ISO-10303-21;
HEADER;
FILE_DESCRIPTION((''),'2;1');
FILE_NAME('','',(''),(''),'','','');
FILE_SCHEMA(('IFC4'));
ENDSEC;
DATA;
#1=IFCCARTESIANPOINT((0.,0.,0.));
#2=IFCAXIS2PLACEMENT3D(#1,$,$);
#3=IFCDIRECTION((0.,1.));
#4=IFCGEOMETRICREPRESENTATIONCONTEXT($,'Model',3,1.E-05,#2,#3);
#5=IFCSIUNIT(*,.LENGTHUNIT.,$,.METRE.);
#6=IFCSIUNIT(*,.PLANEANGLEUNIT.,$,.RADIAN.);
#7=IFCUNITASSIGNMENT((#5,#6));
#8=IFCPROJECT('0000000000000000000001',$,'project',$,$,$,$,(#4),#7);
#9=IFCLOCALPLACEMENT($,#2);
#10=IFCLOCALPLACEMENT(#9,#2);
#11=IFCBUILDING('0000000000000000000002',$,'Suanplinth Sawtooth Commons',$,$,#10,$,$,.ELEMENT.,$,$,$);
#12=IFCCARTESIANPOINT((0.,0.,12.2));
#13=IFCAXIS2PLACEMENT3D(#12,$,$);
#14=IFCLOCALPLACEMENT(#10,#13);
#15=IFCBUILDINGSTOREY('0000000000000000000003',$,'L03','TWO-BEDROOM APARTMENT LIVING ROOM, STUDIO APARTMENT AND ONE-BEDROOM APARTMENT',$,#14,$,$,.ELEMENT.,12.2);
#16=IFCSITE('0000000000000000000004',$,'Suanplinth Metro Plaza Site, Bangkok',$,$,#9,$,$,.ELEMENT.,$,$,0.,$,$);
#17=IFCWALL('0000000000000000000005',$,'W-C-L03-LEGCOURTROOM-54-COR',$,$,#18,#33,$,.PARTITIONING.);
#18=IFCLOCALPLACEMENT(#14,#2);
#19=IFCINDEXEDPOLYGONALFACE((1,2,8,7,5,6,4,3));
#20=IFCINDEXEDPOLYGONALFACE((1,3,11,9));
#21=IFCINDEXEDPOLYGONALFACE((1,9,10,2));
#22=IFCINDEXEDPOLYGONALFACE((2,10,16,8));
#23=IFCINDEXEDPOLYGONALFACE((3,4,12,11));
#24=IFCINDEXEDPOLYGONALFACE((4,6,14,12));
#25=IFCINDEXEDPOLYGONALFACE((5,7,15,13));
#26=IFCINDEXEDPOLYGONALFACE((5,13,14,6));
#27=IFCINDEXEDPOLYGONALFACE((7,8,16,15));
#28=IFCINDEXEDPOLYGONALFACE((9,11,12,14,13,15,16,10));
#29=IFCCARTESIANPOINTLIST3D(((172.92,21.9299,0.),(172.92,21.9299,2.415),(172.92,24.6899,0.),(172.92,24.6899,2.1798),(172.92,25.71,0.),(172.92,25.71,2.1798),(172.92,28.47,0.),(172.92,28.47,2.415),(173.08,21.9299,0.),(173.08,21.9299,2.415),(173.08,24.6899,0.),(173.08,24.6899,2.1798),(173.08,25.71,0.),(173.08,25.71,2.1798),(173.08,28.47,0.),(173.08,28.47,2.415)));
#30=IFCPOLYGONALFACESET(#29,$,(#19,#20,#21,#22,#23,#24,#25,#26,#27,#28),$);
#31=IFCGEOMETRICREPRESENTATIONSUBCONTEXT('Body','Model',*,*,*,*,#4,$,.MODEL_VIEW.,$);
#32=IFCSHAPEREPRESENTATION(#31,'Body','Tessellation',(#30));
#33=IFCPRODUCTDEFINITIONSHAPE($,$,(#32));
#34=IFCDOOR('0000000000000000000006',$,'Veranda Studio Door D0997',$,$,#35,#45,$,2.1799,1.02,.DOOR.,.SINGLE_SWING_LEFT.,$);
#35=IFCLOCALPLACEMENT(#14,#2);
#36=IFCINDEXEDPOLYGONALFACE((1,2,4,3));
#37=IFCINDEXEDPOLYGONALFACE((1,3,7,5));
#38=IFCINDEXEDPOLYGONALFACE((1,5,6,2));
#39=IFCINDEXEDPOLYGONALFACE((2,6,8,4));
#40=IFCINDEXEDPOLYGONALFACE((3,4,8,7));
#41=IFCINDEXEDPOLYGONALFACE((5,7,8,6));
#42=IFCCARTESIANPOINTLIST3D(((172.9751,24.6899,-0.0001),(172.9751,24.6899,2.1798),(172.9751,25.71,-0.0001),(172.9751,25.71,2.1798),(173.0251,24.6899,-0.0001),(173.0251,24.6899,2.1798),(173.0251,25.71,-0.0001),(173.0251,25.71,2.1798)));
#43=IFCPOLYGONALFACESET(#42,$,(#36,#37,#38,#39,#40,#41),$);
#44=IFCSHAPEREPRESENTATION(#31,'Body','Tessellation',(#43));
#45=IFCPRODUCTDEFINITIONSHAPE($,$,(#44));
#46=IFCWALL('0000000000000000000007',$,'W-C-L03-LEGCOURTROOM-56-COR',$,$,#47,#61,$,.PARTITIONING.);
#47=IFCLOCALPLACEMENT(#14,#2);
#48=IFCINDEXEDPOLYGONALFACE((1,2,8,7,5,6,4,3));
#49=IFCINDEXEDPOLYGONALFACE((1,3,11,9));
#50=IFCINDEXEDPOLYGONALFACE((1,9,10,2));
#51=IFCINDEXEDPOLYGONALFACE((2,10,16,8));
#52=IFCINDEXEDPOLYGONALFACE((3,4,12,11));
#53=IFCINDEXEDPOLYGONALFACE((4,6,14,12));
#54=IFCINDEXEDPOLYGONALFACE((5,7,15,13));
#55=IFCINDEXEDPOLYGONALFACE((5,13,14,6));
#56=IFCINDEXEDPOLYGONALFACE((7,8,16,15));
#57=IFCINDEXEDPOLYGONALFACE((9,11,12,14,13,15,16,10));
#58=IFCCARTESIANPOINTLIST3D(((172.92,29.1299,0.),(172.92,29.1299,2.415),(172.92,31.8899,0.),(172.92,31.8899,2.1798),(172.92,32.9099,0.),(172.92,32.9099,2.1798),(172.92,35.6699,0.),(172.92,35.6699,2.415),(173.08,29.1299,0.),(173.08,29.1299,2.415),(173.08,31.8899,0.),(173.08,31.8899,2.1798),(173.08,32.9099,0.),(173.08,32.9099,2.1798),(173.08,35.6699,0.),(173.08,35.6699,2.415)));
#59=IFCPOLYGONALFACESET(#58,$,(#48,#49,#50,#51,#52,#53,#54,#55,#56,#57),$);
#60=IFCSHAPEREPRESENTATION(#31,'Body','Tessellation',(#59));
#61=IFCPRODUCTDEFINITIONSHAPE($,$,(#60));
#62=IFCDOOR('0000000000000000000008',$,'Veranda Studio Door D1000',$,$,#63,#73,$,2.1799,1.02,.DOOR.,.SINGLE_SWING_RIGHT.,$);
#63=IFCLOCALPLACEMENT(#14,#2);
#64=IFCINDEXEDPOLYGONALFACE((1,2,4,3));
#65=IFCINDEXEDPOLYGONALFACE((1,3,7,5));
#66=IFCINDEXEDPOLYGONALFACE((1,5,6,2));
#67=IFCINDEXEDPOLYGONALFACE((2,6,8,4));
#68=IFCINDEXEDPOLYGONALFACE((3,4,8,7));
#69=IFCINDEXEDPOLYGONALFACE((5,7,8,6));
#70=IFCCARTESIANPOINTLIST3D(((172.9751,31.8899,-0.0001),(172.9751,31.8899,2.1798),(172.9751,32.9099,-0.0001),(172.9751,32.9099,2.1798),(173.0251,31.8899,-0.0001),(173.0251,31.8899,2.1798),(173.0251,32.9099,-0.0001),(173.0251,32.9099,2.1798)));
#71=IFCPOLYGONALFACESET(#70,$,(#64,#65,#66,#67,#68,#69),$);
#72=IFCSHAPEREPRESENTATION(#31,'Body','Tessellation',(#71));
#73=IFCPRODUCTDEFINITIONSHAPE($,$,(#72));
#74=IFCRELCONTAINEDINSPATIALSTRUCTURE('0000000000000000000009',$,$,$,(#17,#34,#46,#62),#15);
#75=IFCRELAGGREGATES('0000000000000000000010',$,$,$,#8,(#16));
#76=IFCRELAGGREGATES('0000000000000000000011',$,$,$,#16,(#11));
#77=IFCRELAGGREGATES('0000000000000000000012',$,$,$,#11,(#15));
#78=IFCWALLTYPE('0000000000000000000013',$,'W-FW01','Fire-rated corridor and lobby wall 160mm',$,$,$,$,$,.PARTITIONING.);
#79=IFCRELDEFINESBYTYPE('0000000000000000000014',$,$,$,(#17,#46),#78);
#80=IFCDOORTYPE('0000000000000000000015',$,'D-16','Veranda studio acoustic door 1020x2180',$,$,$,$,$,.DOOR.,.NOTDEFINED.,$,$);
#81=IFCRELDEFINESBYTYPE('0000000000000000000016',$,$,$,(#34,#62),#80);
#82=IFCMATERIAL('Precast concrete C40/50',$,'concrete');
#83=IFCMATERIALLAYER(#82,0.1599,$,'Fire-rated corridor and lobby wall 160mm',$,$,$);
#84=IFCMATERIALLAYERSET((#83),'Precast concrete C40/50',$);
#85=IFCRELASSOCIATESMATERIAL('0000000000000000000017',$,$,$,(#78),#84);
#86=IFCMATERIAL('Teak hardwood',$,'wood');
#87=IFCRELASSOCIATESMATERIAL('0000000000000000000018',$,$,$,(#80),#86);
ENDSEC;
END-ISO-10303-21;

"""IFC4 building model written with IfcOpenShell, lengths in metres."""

from ifc_helpers import new_model, si_unit, direction, frame, frame_2d, origin, place, context, subcontext, project, spatial, rectangle, extrude, material, layer, layer_set, type_object, element, fill, save


model = new_model("IFC4")

# Units and contexts
model_context = context("Model", 3, precision=1e-05, world=origin(), true_north=direction((0.0, 1.0)))
body_context = subcontext(model_context, "Body", "Model", "MODEL_VIEW")
ifc_project = project(units=[si_unit("LENGTHUNIT", "METRE"), si_unit("PLANEANGLEUNIT", "RADIAN")], contexts=[model_context])

# Site, building, storey
site_placement = place(None, origin())
site = spatial("IfcSite", under=ifc_project, at=site_placement, Name="Suanplinth Metro Plaza Site, Bangkok", CompositionType="ELEMENT", RefElevation=0.0)
building_placement = place(site_placement, origin())
building = spatial("IfcBuilding", under=site, at=building_placement, Name="Suanplinth Sawtooth Commons", CompositionType="ELEMENT")
storey_placement = place(building_placement, frame((0.0, 0.0, 12.2)))
storey = spatial("IfcBuildingStorey", under=building, at=storey_placement, Name="L03", Description="TWO-BEDROOM APARTMENT LIVING ROOM, STUDIO APARTMENT AND ONE-BEDROOM APARTMENT", CompositionType="ELEMENT", Elevation=12.2)

# Shared definitions
ifc_material_1 = material(Name="Precast concrete C40/50", Category="concrete")

# Walls, openings, doors
ifc_layer_1 = layer(ifc_material_1, 0.1599, Name="Fire-rated corridor and lobby wall 160mm")
ifc_layer_set_1 = layer_set([ifc_layer_1], Name="Precast concrete C40/50")
wall_type_1 = type_object("IfcWallType", Name="W-FW01", Description="Fire-rated corridor and lobby wall 160mm", PredefinedType="PARTITIONING", material=ifc_layer_set_1)
wall_1_placement = place(storey_placement, frame((173.0, 21.9299, 0.0), z_axis=(0.0, 0.0, 1.0), x_axis=(0.0, 1.0, 0.0)))
wall_1 = element("IfcWall", 1, at=wall_1_placement, inside=storey, type_object=wall_type_1, Name="W-C-L03-LEGCOURTROOM-54-COR", PredefinedType="PARTITIONING", context=body_context, shape_type="SweptSolid", body=[
    extrude(rectangle(XDim=6.54, YDim=0.1599, at=frame_2d((3.27, 0.0))), origin(), (0.0, 0.0, 1.0), 2.415),
])
opening_1_placement = place(wall_1_placement, frame((2.76, 0.0, 0.0)))
opening_1 = element("IfcOpeningElement", 2, at=opening_1_placement, cuts=wall_1, PredefinedType="OPENING", context=body_context, shape_type="SweptSolid", body=[
    extrude(rectangle(XDim=1.02, YDim=2.1799, at=frame_2d((0.51, 1.0898))), frame((0.0, 0.0947, 0.0), z_axis=(0.0, -1.0, 0.0), x_axis=(1.0, 0.0, 0.0)), (0.0, 0.0, 1.0), 0.1897),
])
ifc_material_2 = material(Name="Teak hardwood", Category="wood")
door_type_1 = type_object("IfcDoorType", Name="D-16", Description="Veranda studio acoustic door 1020x2180", OperationType="NOTDEFINED", PredefinedType="DOOR", material=ifc_material_2)
door_1_placement = place(opening_1_placement, origin())
door_1 = element("IfcDoor", 3, at=door_1_placement, inside=storey, type_object=door_type_1, Name="Veranda Studio Door D0997", OperationType="SINGLE_SWING_LEFT", OverallHeight=2.1799, OverallWidth=1.02, PredefinedType="DOOR", context=body_context, shape_type="SweptSolid", body=[
    extrude(rectangle(XDim=1.02, YDim=2.1799, at=frame_2d((0.51, 1.0898))), frame((0.0, 0.0249, 0.0), z_axis=(0.0, -1.0, 0.0), x_axis=(1.0, 0.0, 0.0)), (0.0, 0.0, 1.0), 0.05),
])
fill(opening_1, door_1)
wall_2_placement = place(storey_placement, frame((173.0, 29.1299, 0.0), z_axis=(0.0, 0.0, 1.0), x_axis=(0.0, 1.0, 0.0)))
wall_2 = element("IfcWall", 4, at=wall_2_placement, inside=storey, type_object=wall_type_1, Name="W-C-L03-LEGCOURTROOM-56-COR", PredefinedType="PARTITIONING", context=body_context, shape_type="SweptSolid", body=[
    extrude(rectangle(XDim=6.54, YDim=0.1599, at=frame_2d((3.27, 0.0))), origin(), (0.0, 0.0, 1.0), 2.415),
])
opening_2_placement = place(wall_2_placement, frame((2.76, 0.0, 0.0)))
opening_2 = element("IfcOpeningElement", 5, at=opening_2_placement, cuts=wall_2, PredefinedType="OPENING", context=body_context, shape_type="SweptSolid", body=[
    extrude(rectangle(XDim=1.02, YDim=2.1799, at=frame_2d((0.51, 1.0898))), frame((0.0, 0.0947, 0.0), z_axis=(0.0, -1.0, 0.0), x_axis=(1.0, 0.0, 0.0)), (0.0, 0.0, 1.0), 0.1897),
])
door_2_placement = place(opening_2_placement, origin())
door_2 = element("IfcDoor", 6, at=door_2_placement, inside=storey, type_object=door_type_1, Name="Veranda Studio Door D1000", OperationType="SINGLE_SWING_RIGHT", OverallHeight=2.1799, OverallWidth=1.02, PredefinedType="DOOR", context=body_context, shape_type="SweptSolid", body=[
    extrude(rectangle(XDim=1.02, YDim=2.1799, at=frame_2d((0.51, 1.0898))), frame((0.0, 0.0249, 0.0), z_axis=(0.0, -1.0, 0.0), x_axis=(1.0, 0.0, 0.0)), (0.0, 0.0, 1.0), 0.05),
])
fill(opening_2, door_2)

save(model, "model.ifc")
